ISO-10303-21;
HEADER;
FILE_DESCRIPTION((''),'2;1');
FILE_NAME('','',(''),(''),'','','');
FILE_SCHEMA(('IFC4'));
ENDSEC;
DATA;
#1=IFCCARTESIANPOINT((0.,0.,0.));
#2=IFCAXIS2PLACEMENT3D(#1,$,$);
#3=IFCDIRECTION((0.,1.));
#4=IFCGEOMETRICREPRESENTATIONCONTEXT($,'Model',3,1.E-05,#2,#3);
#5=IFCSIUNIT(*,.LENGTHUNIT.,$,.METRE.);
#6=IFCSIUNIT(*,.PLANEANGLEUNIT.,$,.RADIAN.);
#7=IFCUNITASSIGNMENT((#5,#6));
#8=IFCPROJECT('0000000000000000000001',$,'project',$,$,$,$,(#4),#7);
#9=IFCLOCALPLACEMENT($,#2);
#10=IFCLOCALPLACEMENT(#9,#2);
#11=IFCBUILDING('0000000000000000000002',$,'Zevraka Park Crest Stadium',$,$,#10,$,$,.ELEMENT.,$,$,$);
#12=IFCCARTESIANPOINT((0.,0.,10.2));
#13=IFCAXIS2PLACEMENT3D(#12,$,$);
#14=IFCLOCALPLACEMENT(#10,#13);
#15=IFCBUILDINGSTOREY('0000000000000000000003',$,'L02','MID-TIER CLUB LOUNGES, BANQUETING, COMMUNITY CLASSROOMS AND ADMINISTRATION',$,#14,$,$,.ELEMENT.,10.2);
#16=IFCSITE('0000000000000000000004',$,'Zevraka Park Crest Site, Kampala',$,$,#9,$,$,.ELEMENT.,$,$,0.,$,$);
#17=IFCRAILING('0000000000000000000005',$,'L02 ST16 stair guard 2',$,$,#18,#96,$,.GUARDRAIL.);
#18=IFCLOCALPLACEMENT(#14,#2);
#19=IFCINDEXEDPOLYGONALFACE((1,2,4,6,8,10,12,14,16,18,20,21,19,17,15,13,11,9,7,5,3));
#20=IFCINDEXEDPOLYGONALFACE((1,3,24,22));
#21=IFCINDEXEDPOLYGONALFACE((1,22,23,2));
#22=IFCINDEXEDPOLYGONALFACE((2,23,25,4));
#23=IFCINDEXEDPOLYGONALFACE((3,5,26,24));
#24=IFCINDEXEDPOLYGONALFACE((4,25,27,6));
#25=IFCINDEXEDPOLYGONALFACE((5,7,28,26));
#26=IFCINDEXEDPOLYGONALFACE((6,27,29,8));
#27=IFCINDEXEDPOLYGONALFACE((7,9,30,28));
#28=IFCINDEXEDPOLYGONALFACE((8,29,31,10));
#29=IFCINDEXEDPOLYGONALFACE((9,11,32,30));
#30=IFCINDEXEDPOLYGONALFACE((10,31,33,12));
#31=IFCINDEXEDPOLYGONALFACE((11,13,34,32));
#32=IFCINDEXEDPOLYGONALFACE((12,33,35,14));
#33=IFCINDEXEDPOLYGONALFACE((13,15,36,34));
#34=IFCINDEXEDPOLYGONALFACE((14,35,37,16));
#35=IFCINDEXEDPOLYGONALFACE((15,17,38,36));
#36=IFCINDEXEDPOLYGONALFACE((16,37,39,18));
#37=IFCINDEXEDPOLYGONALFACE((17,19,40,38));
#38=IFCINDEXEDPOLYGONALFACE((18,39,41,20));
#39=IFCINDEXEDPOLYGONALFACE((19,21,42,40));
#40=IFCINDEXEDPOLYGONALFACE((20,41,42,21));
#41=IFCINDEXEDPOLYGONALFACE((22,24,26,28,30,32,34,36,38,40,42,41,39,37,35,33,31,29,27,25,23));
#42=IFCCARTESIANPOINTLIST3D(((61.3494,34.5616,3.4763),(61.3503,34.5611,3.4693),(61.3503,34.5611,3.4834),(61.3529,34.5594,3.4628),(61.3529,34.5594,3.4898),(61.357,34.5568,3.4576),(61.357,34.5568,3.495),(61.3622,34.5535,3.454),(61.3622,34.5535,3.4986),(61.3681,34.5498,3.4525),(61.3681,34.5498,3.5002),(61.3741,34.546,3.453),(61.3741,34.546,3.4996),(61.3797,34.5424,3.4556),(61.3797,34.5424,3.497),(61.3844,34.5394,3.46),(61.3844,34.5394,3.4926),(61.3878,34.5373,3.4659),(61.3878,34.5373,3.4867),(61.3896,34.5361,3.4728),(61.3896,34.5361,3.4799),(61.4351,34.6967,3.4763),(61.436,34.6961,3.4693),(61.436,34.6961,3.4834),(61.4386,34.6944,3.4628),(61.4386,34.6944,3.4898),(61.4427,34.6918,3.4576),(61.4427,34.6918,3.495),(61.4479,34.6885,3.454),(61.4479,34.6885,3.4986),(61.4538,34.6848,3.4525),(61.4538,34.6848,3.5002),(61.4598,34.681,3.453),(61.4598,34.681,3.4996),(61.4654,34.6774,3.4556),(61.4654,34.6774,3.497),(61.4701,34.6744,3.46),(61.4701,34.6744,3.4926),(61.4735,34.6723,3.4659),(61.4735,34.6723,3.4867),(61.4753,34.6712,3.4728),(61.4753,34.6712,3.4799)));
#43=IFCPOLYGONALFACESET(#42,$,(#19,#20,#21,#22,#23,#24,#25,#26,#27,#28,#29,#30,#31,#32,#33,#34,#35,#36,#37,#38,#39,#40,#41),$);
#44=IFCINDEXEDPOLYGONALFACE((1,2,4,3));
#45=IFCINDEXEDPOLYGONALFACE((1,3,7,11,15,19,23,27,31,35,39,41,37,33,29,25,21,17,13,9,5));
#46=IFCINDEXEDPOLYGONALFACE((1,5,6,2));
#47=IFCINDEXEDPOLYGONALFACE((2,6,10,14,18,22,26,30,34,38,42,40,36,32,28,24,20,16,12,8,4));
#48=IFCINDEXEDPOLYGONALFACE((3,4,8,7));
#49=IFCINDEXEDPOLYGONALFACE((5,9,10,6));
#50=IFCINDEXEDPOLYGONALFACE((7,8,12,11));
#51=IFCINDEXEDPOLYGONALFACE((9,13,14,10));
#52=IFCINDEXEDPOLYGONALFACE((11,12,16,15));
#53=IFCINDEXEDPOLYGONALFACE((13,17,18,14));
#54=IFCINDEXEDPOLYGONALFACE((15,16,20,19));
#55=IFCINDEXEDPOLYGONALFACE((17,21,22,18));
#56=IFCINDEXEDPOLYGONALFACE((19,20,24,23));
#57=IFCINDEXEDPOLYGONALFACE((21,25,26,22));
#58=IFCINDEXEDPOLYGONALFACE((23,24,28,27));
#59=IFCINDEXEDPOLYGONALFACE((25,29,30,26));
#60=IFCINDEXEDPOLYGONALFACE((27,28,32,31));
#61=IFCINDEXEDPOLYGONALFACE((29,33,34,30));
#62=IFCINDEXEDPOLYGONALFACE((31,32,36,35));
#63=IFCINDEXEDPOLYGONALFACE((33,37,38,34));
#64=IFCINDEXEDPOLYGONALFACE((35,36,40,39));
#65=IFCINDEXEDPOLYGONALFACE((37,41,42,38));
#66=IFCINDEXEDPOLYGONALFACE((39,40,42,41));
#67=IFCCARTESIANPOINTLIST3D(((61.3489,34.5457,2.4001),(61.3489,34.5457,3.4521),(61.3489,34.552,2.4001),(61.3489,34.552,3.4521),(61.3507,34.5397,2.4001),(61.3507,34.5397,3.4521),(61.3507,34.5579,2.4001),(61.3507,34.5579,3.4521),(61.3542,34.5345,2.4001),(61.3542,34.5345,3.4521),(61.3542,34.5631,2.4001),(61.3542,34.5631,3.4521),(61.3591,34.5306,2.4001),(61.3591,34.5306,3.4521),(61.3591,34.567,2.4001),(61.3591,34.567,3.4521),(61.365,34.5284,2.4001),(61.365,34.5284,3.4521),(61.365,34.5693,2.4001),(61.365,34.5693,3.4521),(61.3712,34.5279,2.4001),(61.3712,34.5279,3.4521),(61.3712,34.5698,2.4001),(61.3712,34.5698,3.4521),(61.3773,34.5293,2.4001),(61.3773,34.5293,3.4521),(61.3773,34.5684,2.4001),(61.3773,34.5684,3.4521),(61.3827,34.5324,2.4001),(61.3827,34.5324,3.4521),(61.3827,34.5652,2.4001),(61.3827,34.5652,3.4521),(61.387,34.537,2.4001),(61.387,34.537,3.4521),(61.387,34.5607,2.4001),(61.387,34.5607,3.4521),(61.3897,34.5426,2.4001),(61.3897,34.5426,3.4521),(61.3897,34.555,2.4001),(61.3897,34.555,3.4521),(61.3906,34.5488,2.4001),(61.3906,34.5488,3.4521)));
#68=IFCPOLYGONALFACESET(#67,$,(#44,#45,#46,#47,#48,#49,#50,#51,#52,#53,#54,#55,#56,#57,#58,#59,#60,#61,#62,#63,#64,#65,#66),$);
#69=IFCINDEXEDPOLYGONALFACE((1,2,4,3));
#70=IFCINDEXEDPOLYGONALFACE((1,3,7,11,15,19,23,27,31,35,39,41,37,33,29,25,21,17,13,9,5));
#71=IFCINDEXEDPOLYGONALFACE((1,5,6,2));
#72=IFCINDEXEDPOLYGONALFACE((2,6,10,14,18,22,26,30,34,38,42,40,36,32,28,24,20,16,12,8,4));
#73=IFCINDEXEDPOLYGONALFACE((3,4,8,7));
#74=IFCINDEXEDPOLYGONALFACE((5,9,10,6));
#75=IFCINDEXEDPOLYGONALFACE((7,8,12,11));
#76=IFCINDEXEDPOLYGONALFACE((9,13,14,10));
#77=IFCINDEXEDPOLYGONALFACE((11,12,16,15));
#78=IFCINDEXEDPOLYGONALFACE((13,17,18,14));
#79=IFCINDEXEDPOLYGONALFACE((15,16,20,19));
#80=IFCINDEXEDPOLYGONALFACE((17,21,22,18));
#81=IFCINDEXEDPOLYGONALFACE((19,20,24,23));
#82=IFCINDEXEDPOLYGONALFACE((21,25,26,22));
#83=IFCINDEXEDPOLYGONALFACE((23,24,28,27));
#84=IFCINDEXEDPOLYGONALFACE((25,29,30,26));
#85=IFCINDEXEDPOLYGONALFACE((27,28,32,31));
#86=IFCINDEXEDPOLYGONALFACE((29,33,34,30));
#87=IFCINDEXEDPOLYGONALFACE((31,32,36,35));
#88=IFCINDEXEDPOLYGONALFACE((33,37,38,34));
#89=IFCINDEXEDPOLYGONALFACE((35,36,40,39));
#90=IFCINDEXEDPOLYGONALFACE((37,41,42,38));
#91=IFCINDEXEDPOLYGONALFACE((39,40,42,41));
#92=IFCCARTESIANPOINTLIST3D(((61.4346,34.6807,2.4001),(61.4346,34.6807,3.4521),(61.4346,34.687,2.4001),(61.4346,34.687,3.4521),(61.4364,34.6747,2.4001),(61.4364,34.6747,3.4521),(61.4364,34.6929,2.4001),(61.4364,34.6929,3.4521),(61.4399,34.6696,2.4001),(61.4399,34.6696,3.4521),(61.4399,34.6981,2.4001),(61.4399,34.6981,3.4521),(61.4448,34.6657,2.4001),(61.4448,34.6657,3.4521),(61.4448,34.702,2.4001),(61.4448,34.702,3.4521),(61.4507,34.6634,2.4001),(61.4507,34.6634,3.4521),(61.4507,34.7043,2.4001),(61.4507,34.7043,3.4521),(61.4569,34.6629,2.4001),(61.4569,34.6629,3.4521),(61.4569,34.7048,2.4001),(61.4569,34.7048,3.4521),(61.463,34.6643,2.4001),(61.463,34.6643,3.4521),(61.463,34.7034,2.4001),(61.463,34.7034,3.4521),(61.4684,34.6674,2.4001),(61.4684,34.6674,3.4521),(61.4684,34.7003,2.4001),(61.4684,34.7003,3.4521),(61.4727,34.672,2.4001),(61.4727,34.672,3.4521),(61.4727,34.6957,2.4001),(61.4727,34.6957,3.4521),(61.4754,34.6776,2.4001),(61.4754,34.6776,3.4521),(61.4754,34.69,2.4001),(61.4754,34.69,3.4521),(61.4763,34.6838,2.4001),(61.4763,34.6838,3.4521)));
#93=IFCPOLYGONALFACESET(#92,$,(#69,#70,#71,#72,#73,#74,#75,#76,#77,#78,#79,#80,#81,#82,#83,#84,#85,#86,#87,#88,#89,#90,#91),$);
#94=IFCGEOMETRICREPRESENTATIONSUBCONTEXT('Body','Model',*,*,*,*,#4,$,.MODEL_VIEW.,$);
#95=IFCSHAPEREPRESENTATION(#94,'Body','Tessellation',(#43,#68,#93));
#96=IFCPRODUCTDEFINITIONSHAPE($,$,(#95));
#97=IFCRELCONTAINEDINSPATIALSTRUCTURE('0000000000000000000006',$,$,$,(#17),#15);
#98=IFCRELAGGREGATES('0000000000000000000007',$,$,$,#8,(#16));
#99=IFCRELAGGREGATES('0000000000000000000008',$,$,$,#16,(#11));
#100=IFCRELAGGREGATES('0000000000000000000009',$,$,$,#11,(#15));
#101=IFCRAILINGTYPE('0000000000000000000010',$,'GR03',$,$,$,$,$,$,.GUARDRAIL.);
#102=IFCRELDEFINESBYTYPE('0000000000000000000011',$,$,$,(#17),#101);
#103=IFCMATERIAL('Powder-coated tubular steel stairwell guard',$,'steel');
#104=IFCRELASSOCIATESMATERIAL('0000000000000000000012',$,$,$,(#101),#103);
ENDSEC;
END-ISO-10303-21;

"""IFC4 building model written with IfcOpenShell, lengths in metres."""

from ifc_helpers import new_model, si_unit, direction, frame, origin, origin_2d, place, context, subcontext, project, spatial, circle, extrude, material, type_object, element, save


model = new_model("IFC4")

# Units and contexts
model_context = context("Model", 3, precision=1e-05, world=origin(), true_north=direction((0.0, 1.0)))
body_context = subcontext(model_context, "Body", "Model", "MODEL_VIEW")
ifc_project = project(units=[si_unit("LENGTHUNIT", "METRE"), si_unit("PLANEANGLEUNIT", "RADIAN")], contexts=[model_context])

# Site, building, storey
site_placement = place(None, origin())
site = spatial("IfcSite", under=ifc_project, at=site_placement, Name="Zevraka Park Crest Site, Kampala", CompositionType="ELEMENT", RefElevation=0.0)
building_placement = place(site_placement, origin())
building = spatial("IfcBuilding", under=site, at=building_placement, Name="Zevraka Park Crest Stadium", CompositionType="ELEMENT")
storey_placement = place(building_placement, frame((0.0, 0.0, 10.2)))
storey = spatial("IfcBuildingStorey", under=building, at=storey_placement, Name="L02", Description="MID-TIER CLUB LOUNGES, BANQUETING, COMMUNITY CLASSROOMS AND ADMINISTRATION", CompositionType="ELEMENT", Elevation=10.2)

# Railing
ifc_material_1 = material(Name="Powder-coated tubular steel stairwell guard", Category="steel")
railing_type_1 = type_object("IfcRailingType", Name="GR03", PredefinedType="GUARDRAIL", material=ifc_material_1)
railing_1_placement = place(storey_placement, frame((61.3696, 34.5488, 2.4001)))
element("IfcRailing", 1, at=railing_1_placement, inside=storey, type_object=railing_type_1, Name="L02 ST16 stair guard 2", PredefinedType="GUARDRAIL", context=body_context, shape_type="SweptSolid", body=[
    extrude(circle(Radius=0.0239, at=origin_2d()), frame((0.0, 0.0, 1.0762), z_axis=(0.535887, 0.84429, 0.0), x_axis=(-0.84429, 0.535887, 0.0)), (0.0, 0.0, 1.0), 0.1599),
    extrude(circle(Radius=0.021, at=origin_2d()), origin(), (0.0, 0.0, 1.0), 1.052),
    extrude(circle(Radius=0.021, at=origin_2d()), frame((0.0857, 0.135, 0.0)), (0.0, 0.0, 1.0), 1.052),
])

save(model, "model.ifc")
